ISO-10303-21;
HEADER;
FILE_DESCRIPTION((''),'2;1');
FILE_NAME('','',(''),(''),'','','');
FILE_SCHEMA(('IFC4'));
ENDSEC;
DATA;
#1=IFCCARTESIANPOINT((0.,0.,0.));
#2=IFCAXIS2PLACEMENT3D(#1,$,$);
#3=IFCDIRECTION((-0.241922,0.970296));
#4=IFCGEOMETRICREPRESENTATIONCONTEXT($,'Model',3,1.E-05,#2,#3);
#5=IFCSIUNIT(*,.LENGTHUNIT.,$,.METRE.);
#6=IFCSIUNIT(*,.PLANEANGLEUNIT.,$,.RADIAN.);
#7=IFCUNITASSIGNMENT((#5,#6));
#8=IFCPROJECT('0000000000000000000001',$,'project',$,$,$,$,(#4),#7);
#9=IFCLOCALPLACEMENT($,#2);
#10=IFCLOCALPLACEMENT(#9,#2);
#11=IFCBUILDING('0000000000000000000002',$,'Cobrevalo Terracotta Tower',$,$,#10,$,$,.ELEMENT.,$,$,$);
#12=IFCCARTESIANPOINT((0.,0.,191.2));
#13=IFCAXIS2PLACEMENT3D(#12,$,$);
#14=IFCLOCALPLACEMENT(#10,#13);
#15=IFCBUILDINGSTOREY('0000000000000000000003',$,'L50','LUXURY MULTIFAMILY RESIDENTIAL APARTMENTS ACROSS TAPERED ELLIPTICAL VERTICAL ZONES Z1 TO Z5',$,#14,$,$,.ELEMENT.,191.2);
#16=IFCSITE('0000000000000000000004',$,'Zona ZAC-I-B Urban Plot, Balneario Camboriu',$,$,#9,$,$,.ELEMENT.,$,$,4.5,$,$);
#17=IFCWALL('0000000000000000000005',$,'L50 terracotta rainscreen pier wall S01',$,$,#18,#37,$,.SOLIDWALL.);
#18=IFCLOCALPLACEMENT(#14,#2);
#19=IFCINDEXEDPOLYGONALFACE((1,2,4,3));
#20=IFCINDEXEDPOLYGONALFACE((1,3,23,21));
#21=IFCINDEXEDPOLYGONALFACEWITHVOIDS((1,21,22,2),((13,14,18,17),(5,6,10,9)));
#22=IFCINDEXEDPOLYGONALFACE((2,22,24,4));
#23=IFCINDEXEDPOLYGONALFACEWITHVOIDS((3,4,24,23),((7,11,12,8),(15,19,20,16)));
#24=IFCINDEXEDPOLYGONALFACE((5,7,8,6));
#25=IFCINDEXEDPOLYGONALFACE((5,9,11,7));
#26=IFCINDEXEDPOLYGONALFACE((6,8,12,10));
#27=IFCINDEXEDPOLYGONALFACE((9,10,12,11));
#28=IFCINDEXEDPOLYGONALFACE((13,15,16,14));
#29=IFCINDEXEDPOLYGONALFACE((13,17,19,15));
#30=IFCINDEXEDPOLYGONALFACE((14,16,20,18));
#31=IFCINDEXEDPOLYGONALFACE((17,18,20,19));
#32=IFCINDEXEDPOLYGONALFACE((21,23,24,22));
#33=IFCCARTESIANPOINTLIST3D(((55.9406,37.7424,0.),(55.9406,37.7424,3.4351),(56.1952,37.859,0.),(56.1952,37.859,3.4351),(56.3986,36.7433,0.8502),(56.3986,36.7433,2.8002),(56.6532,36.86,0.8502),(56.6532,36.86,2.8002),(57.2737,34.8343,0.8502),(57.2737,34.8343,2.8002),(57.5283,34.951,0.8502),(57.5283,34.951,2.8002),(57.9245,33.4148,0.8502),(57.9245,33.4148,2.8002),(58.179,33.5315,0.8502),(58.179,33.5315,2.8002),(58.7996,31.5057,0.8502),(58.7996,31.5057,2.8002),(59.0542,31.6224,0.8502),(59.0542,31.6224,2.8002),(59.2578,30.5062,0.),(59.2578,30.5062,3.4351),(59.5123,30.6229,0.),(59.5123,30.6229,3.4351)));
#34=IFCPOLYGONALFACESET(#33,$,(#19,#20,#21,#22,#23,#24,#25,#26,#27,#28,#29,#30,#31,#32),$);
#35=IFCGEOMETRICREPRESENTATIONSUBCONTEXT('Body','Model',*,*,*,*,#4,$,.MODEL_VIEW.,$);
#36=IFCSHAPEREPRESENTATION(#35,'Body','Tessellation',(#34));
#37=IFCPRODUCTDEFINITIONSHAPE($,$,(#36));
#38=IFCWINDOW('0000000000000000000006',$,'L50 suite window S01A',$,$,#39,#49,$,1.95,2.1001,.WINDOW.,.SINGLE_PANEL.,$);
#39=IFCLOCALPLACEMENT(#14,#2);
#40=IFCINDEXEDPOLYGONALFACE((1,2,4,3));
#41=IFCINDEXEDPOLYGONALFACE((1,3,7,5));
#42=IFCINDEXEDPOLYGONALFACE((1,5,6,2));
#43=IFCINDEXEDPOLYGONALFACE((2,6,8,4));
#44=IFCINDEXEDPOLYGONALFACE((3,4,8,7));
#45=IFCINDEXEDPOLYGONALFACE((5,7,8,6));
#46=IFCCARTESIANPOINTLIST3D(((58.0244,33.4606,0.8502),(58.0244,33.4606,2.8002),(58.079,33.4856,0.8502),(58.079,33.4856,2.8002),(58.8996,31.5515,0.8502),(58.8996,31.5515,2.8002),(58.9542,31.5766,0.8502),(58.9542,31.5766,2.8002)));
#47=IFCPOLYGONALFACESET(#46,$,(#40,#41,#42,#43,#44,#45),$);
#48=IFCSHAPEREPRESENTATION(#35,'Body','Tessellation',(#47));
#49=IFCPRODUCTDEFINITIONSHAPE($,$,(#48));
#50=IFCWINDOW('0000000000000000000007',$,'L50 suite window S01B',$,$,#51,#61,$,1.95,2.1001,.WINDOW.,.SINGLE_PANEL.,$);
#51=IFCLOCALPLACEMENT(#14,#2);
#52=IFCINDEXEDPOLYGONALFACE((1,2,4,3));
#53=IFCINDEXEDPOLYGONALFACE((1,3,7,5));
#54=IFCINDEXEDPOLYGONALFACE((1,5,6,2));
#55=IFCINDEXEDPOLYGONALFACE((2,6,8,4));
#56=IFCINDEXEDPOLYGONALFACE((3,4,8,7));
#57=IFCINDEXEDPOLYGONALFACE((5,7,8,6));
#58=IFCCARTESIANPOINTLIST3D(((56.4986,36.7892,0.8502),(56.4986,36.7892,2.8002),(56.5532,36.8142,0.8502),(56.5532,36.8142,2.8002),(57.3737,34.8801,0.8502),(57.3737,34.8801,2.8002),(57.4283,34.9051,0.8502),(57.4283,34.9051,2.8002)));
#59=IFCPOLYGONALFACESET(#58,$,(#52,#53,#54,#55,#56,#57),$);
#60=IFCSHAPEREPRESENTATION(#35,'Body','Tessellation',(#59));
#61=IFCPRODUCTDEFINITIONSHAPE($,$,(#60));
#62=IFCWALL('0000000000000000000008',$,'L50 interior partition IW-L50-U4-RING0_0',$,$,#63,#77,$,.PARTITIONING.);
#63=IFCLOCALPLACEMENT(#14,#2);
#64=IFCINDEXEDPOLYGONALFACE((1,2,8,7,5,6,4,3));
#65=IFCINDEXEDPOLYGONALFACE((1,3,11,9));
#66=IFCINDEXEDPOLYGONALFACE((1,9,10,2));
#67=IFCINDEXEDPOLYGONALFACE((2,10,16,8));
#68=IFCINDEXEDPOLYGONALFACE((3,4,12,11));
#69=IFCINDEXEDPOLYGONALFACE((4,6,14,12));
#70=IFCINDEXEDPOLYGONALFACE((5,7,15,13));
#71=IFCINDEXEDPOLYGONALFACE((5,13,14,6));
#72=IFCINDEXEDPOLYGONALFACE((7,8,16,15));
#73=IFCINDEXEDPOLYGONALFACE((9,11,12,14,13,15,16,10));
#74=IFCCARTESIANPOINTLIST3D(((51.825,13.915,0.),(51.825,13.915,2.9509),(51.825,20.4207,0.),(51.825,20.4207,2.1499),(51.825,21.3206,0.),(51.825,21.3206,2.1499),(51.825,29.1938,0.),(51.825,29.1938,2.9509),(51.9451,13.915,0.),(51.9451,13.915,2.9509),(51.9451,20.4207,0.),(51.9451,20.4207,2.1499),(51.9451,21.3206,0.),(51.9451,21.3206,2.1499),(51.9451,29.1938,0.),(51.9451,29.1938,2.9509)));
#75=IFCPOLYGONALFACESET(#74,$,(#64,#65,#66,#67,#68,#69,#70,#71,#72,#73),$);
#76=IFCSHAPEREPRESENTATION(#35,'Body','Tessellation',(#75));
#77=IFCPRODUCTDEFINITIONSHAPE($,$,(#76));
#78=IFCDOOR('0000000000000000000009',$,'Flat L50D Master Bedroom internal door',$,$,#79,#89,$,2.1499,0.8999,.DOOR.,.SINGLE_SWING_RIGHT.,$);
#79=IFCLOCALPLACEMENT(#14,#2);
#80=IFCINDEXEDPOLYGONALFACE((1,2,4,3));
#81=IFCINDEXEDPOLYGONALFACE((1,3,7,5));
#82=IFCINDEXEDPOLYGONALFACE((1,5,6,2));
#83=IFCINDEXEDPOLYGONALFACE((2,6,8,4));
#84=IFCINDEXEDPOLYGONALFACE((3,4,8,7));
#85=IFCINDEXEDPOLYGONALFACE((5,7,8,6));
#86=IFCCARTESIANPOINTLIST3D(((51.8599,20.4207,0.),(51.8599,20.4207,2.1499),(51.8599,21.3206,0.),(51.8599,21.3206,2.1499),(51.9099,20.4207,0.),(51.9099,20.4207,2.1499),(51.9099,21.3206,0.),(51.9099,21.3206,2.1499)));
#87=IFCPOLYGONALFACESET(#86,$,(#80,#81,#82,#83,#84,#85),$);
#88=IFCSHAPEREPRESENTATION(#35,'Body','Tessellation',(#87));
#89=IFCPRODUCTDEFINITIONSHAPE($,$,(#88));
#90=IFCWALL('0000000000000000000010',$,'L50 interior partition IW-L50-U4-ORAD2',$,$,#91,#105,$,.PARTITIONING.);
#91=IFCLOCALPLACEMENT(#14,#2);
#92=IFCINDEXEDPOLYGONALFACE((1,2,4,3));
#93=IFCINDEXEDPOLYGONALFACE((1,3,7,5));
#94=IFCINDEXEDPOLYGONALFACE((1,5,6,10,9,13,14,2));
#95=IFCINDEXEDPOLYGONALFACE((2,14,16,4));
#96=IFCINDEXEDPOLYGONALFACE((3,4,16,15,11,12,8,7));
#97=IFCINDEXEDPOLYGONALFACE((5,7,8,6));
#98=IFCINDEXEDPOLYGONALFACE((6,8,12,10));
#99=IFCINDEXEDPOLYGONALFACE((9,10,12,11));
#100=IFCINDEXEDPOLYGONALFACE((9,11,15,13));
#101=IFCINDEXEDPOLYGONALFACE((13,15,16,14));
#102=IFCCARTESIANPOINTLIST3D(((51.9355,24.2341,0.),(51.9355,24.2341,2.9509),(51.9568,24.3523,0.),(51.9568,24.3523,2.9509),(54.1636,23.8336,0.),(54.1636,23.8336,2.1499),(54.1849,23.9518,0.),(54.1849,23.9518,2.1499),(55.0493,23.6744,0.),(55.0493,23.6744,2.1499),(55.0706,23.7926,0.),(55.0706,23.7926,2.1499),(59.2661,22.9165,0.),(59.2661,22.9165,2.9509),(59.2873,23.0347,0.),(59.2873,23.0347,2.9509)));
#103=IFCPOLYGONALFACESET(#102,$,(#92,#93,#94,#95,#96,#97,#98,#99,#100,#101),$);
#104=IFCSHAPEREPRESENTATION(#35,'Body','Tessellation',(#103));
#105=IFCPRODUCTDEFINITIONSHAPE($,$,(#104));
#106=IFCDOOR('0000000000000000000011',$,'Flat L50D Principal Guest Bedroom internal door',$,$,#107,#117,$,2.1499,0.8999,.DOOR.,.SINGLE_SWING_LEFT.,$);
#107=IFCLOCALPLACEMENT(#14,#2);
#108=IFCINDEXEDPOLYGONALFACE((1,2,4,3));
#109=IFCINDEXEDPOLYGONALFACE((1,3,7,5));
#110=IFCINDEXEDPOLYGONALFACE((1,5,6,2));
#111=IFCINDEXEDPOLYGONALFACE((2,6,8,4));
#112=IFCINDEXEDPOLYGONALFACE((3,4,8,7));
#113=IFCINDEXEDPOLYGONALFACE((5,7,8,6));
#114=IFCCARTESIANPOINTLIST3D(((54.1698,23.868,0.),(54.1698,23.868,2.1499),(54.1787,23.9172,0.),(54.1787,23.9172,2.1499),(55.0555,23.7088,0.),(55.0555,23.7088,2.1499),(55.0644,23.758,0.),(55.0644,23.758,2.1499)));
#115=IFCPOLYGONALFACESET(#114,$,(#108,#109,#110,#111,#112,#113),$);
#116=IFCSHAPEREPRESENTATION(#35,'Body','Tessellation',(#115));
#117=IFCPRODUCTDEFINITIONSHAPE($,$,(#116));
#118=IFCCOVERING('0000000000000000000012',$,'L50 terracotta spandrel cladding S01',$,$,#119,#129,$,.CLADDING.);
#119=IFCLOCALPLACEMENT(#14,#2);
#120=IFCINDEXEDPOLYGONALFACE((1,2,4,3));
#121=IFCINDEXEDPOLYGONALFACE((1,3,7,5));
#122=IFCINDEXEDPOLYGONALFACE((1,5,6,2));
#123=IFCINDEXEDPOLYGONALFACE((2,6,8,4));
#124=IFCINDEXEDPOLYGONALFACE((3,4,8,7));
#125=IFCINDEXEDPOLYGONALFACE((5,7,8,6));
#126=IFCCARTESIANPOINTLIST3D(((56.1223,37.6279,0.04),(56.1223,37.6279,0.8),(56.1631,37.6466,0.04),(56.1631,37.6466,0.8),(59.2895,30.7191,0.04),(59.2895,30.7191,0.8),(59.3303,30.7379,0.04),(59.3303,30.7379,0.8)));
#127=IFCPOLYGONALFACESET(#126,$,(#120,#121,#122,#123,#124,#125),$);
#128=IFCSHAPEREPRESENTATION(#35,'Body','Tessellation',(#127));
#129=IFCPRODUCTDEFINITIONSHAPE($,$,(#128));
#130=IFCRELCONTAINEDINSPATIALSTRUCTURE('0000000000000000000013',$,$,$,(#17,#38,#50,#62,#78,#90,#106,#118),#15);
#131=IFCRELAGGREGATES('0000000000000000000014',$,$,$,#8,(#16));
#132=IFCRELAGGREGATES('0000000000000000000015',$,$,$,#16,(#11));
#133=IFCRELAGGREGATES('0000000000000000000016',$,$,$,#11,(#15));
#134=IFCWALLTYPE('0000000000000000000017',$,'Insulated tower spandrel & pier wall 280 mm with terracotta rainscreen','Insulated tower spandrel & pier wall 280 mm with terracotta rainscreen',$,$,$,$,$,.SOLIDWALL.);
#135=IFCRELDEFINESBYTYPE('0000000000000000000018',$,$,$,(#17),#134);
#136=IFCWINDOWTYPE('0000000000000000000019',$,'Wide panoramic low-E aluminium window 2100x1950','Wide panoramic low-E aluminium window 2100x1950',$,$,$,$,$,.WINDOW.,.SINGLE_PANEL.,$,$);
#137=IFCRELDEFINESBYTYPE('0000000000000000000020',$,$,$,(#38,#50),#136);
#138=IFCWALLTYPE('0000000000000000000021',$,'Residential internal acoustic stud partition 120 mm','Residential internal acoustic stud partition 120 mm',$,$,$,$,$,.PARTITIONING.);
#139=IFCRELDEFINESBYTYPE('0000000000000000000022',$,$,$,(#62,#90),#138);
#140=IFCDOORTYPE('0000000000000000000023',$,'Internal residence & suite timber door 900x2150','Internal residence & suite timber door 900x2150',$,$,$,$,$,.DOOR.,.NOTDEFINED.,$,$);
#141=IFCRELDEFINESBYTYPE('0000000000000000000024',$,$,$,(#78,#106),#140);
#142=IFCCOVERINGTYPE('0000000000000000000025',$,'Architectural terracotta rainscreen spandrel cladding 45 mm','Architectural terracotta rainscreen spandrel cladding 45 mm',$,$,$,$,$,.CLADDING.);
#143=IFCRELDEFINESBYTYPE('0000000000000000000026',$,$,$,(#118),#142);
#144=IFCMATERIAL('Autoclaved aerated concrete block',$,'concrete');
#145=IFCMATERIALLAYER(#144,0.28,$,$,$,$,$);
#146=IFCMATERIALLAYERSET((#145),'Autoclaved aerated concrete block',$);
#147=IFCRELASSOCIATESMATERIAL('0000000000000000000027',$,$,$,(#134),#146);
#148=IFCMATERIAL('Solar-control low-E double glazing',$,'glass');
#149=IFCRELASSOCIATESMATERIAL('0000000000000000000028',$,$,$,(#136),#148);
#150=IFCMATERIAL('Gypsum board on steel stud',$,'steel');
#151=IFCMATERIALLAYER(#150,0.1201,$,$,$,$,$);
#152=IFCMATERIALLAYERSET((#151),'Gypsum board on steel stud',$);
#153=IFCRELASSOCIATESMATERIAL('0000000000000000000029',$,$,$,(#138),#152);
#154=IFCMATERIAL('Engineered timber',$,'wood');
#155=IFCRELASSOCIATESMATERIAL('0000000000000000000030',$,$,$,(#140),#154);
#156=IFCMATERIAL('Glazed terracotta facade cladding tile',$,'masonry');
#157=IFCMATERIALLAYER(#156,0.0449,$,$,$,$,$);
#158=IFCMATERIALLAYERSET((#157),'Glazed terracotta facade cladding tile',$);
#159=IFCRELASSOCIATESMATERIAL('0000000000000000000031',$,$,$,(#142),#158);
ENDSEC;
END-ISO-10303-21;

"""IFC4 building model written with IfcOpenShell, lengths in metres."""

from ifc_helpers import new_model, si_unit, direction, frame, frame_2d, origin, origin_2d, place, context, subcontext, project, spatial, rectangle, extrude, source, transform, mapped, material, layer, layer_set, type_object, element, fill, save


model = new_model("IFC4")

# Units and contexts
model_context = context("Model", 3, precision=1e-05, world=origin(), true_north=direction((-0.241922, 0.970296)))
body_context = subcontext(model_context, "Body", "Model", "MODEL_VIEW")
ifc_project = project(units=[si_unit("LENGTHUNIT", "METRE"), si_unit("PLANEANGLEUNIT", "RADIAN")], contexts=[model_context])

# Site, building, storey
site_placement = place(None, origin())
site = spatial("IfcSite", under=ifc_project, at=site_placement, Name="Zona ZAC-I-B Urban Plot, Balneario Camboriu", CompositionType="ELEMENT", RefElevation=4.5)
building_placement = place(site_placement, origin())
building = spatial("IfcBuilding", under=site, at=building_placement, Name="Cobrevalo Terracotta Tower", CompositionType="ELEMENT")
storey_placement = place(building_placement, frame((0.0, 0.0, 191.2)))
storey = spatial("IfcBuildingStorey", under=building, at=storey_placement, Name="L50", Description="LUXURY MULTIFAMILY RESIDENTIAL APARTMENTS ACROSS TAPERED ELLIPTICAL VERTICAL ZONES Z1 TO Z5", CompositionType="ELEMENT", Elevation=191.2)

# Shared definitions
ifc_material_1 = material(Name="Solar-control low-E double glazing", Category="glass")

# Shared definitions
ifc_material_2 = material(Name="Autoclaved aerated concrete block", Category="concrete")

# Wall, openings, windows
ifc_layer_1 = layer(ifc_material_2, 0.28)
ifc_layer_set_1 = layer_set([ifc_layer_1], Name="Autoclaved aerated concrete block")
wall_type_1 = type_object("IfcWallType", Name="Insulated tower spandrel & pier wall 280 mm with terracotta rainscreen", Description="Insulated tower spandrel & pier wall 280 mm with terracotta rainscreen", PredefinedType="SOLIDWALL", material=ifc_layer_set_1)
wall_1_placement = place(storey_placement, frame((59.385, 30.5647, 0.0), z_axis=(0.0, 0.0, 1.0), x_axis=(-0.416717, 0.909036, 0.0)))
wall_1 = element("IfcWall", 1, at=wall_1_placement, inside=storey, type_object=wall_type_1, Name="L50 terracotta rainscreen pier wall S01", PredefinedType="SOLIDWALL", context=body_context, shape_type="SweptSolid", body=[
    extrude(rectangle(XDim=7.9602, YDim=0.28, at=frame_2d((3.98, 0.0))), origin(), (0.0, 0.0, 1.0), 3.4351),
])
opening_1_placement = place(wall_1_placement, frame((1.0994, 0.0, 0.8501)))
opening_1 = element("IfcOpeningElement", 2, at=opening_1_placement, cuts=wall_1, PredefinedType="OPENING", context=body_context, shape_type="SweptSolid", body=[
    extrude(rectangle(XDim=2.1001, YDim=1.95, at=frame_2d((1.05, 0.9751))), frame((0.0, 0.1499, 0.0), z_axis=(0.0, -1.0, 0.0), x_axis=(1.0, 0.0, 0.0)), (0.0, 0.0, 1.0), 0.3),
])
opening_2_placement = place(wall_1_placement, frame((4.761, 0.0, 0.8501)))
opening_2 = element("IfcOpeningElement", 3, at=opening_2_placement, cuts=wall_1, PredefinedType="OPENING", context=body_context, shape_type="SweptSolid", body=[
    extrude(rectangle(XDim=2.1001, YDim=1.95, at=frame_2d((1.05, 0.9751))), frame((0.0, 0.1499, 0.0), z_axis=(0.0, -1.0, 0.0), x_axis=(1.0, 0.0, 0.0)), (0.0, 0.0, 1.0), 0.3),
])
window_type = type_object("IfcWindowType", Name="Wide panoramic low-E aluminium window 2100x1950", Description="Wide panoramic low-E aluminium window 2100x1950", PartitioningType="SINGLE_PANEL", PredefinedType="WINDOW", material=ifc_material_1)
shared_shape_1 = source(origin(), body_context, "Body", "SweptSolid", [
    extrude(rectangle(XDim=2.1001, YDim=1.95, at=frame_2d((1.05, 0.9751))), frame((0.0, 0.03, 0.0), z_axis=(0.0, -1.0, 0.0), x_axis=(1.0, 0.0, 0.0)), (0.0, 0.0, 1.0), 0.0601),
])
window_1_placement = place(opening_1_placement, origin())
window_1 = element("IfcWindow", 4, at=window_1_placement, inside=storey, type_object=window_type, Name="L50 suite window S01A", OverallHeight=1.95, OverallWidth=2.1001, PartitioningType="SINGLE_PANEL", PredefinedType="WINDOW", context=body_context, shape_type="MappedRepresentation", body=[
    mapped(shared_shape_1, transform((0.0, 0.0, 0.0), scale=1.0)),
])
fill(opening_1, window_1)
window_2_placement = place(opening_2_placement, origin())
window_2 = element("IfcWindow", 5, at=window_2_placement, inside=storey, type_object=window_type, Name="L50 suite window S01B", OverallHeight=1.95, OverallWidth=2.1001, PartitioningType="SINGLE_PANEL", PredefinedType="WINDOW", context=body_context, shape_type="MappedRepresentation", body=[
    mapped(shared_shape_1, transform((0.0, 0.0, 0.0), scale=1.0)),
])
fill(opening_2, window_2)

# Walls, openings, doors
ifc_material_3 = material(Name="Gypsum board on steel stud", Category="steel")
ifc_layer_2 = layer(ifc_material_3, 0.1201)
ifc_layer_set_2 = layer_set([ifc_layer_2], Name="Gypsum board on steel stud")
wall_type_2 = type_object("IfcWallType", Name="Residential internal acoustic stud partition 120 mm", Description="Residential internal acoustic stud partition 120 mm", PredefinedType="PARTITIONING", material=ifc_layer_set_2)
wall_2_placement = place(storey_placement, frame((51.885, 29.1938, 0.0), z_axis=(0.0, 0.0, 1.0), x_axis=(0.0, -1.0, 0.0)))
wall_2 = element("IfcWall", 6, at=wall_2_placement, inside=storey, type_object=wall_type_2, Name="L50 interior partition IW-L50-U4-RING0_0", PredefinedType="PARTITIONING", context=body_context, shape_type="SweptSolid", body=[
    extrude(rectangle(XDim=15.2788, YDim=0.1201, at=frame_2d((7.6394, 0.0))), origin(), (0.0, 0.0, 1.0), 2.9509),
])
opening_3_placement = place(wall_2_placement, frame((7.8733, 0.0, 0.0)))
opening_3 = element("IfcOpeningElement", 7, at=opening_3_placement, cuts=wall_2, PredefinedType="OPENING", context=body_context, shape_type="SweptSolid", body=[
    extrude(rectangle(XDim=0.8999, YDim=2.1499, at=frame_2d((0.45, 1.075))), frame((0.0, 0.0701, 0.0), z_axis=(0.0, -1.0, 0.0), x_axis=(1.0, 0.0, 0.0)), (0.0, 0.0, 1.0), 0.1401),
])
ifc_material_4 = material(Name="Engineered timber", Category="wood")
door_type_1 = type_object("IfcDoorType", Name="Internal residence & suite timber door 900x2150", Description="Internal residence & suite timber door 900x2150", OperationType="NOTDEFINED", PredefinedType="DOOR", material=ifc_material_4)
shared_shape_2 = source(origin(), body_context, "Body", "SweptSolid", [
    extrude(rectangle(XDim=0.8999, YDim=2.1499, at=frame_2d((0.45, 1.075))), frame((0.0, 0.0249, 0.0), z_axis=(0.0, -1.0, 0.0), x_axis=(1.0, 0.0, 0.0)), (0.0, 0.0, 1.0), 0.05),
])
door_1_placement = place(opening_3_placement, origin())
door_1 = element("IfcDoor", 8, at=door_1_placement, inside=storey, type_object=door_type_1, Name="Flat L50D Master Bedroom internal door", OperationType="SINGLE_SWING_RIGHT", OverallHeight=2.1499, OverallWidth=0.8999, PredefinedType="DOOR", context=body_context, shape_type="MappedRepresentation", body=[
    mapped(shared_shape_2, transform((0.0, 0.0, 0.0), scale=1.0)),
])
fill(opening_3, door_1)
wall_3_placement = place(storey_placement, frame((51.946, 24.2932, 0.0), z_axis=(0.0, 0.0, 1.0), x_axis=(0.984227, -0.176909, 0.0)))
wall_3 = element("IfcWall", 9, at=wall_3_placement, inside=storey, type_object=wall_type_2, Name="L50 interior partition IW-L50-U4-ORAD2", PredefinedType="PARTITIONING", context=body_context, shape_type="SweptSolid", body=[
    extrude(rectangle(XDim=7.448, YDim=0.1201, at=frame_2d((3.7241, 0.0))), origin(), (0.0, 0.0, 1.0), 2.9509),
])
opening_4_placement = place(wall_3_placement, frame((2.2639, 0.0, 0.0)))
opening_4 = element("IfcOpeningElement", 10, at=opening_4_placement, cuts=wall_3, PredefinedType="OPENING", context=body_context, shape_type="SweptSolid", body=[
    extrude(rectangle(XDim=0.8999, YDim=2.1499, at=frame_2d((0.45, 1.075))), frame((0.0, 0.0701, 0.0), z_axis=(0.0, -1.0, 0.0), x_axis=(1.0, 0.0, 0.0)), (0.0, 0.0, 1.0), 0.1401),
])
door_2_placement = place(opening_4_placement, origin())
door_2 = element("IfcDoor", 11, at=door_2_placement, inside=storey, type_object=door_type_1, Name="Flat L50D Principal Guest Bedroom internal door", OperationType="SINGLE_SWING_LEFT", OverallHeight=2.1499, OverallWidth=0.8999, PredefinedType="DOOR", context=body_context, shape_type="MappedRepresentation", body=[
    mapped(shared_shape_2, transform((0.0, 0.0, 0.0), scale=1.0)),
])
fill(opening_4, door_2)

# Covering
ifc_material_5 = material(Name="Glazed terracotta facade cladding tile", Category="masonry")
ifc_layer_3 = layer(ifc_material_5, 0.0449)
ifc_layer_set_3 = layer_set([ifc_layer_3], Name="Glazed terracotta facade cladding tile")
covering_type = type_object("IfcCoveringType", Name="Architectural terracotta rainscreen spandrel cladding 45 mm", Description="Architectural terracotta rainscreen spandrel cladding 45 mm", PredefinedType="CLADDING", material=ifc_layer_set_3)
shared_shape_3 = source(origin(), body_context, "Body", "SweptSolid", [
    extrude(rectangle(XDim=7.6001, YDim=0.0449, at=origin_2d()), origin(), (0.0, 0.0, 1.0), 0.76),
])
covering_placement = place(storey_placement, frame((57.7263, 34.1829, 0.04), z_axis=(0.0, 0.0, 1.0), x_axis=(-0.416731, 0.90903, 0.0)))
element("IfcCovering", 12, at=covering_placement, inside=storey, type_object=covering_type, Name="L50 terracotta spandrel cladding S01", PredefinedType="CLADDING", context=body_context, shape_type="MappedRepresentation", body=[
    mapped(shared_shape_3, transform((0.0, 0.0, 0.0), scale=1.0)),
])

save(model, "model.ifc")
